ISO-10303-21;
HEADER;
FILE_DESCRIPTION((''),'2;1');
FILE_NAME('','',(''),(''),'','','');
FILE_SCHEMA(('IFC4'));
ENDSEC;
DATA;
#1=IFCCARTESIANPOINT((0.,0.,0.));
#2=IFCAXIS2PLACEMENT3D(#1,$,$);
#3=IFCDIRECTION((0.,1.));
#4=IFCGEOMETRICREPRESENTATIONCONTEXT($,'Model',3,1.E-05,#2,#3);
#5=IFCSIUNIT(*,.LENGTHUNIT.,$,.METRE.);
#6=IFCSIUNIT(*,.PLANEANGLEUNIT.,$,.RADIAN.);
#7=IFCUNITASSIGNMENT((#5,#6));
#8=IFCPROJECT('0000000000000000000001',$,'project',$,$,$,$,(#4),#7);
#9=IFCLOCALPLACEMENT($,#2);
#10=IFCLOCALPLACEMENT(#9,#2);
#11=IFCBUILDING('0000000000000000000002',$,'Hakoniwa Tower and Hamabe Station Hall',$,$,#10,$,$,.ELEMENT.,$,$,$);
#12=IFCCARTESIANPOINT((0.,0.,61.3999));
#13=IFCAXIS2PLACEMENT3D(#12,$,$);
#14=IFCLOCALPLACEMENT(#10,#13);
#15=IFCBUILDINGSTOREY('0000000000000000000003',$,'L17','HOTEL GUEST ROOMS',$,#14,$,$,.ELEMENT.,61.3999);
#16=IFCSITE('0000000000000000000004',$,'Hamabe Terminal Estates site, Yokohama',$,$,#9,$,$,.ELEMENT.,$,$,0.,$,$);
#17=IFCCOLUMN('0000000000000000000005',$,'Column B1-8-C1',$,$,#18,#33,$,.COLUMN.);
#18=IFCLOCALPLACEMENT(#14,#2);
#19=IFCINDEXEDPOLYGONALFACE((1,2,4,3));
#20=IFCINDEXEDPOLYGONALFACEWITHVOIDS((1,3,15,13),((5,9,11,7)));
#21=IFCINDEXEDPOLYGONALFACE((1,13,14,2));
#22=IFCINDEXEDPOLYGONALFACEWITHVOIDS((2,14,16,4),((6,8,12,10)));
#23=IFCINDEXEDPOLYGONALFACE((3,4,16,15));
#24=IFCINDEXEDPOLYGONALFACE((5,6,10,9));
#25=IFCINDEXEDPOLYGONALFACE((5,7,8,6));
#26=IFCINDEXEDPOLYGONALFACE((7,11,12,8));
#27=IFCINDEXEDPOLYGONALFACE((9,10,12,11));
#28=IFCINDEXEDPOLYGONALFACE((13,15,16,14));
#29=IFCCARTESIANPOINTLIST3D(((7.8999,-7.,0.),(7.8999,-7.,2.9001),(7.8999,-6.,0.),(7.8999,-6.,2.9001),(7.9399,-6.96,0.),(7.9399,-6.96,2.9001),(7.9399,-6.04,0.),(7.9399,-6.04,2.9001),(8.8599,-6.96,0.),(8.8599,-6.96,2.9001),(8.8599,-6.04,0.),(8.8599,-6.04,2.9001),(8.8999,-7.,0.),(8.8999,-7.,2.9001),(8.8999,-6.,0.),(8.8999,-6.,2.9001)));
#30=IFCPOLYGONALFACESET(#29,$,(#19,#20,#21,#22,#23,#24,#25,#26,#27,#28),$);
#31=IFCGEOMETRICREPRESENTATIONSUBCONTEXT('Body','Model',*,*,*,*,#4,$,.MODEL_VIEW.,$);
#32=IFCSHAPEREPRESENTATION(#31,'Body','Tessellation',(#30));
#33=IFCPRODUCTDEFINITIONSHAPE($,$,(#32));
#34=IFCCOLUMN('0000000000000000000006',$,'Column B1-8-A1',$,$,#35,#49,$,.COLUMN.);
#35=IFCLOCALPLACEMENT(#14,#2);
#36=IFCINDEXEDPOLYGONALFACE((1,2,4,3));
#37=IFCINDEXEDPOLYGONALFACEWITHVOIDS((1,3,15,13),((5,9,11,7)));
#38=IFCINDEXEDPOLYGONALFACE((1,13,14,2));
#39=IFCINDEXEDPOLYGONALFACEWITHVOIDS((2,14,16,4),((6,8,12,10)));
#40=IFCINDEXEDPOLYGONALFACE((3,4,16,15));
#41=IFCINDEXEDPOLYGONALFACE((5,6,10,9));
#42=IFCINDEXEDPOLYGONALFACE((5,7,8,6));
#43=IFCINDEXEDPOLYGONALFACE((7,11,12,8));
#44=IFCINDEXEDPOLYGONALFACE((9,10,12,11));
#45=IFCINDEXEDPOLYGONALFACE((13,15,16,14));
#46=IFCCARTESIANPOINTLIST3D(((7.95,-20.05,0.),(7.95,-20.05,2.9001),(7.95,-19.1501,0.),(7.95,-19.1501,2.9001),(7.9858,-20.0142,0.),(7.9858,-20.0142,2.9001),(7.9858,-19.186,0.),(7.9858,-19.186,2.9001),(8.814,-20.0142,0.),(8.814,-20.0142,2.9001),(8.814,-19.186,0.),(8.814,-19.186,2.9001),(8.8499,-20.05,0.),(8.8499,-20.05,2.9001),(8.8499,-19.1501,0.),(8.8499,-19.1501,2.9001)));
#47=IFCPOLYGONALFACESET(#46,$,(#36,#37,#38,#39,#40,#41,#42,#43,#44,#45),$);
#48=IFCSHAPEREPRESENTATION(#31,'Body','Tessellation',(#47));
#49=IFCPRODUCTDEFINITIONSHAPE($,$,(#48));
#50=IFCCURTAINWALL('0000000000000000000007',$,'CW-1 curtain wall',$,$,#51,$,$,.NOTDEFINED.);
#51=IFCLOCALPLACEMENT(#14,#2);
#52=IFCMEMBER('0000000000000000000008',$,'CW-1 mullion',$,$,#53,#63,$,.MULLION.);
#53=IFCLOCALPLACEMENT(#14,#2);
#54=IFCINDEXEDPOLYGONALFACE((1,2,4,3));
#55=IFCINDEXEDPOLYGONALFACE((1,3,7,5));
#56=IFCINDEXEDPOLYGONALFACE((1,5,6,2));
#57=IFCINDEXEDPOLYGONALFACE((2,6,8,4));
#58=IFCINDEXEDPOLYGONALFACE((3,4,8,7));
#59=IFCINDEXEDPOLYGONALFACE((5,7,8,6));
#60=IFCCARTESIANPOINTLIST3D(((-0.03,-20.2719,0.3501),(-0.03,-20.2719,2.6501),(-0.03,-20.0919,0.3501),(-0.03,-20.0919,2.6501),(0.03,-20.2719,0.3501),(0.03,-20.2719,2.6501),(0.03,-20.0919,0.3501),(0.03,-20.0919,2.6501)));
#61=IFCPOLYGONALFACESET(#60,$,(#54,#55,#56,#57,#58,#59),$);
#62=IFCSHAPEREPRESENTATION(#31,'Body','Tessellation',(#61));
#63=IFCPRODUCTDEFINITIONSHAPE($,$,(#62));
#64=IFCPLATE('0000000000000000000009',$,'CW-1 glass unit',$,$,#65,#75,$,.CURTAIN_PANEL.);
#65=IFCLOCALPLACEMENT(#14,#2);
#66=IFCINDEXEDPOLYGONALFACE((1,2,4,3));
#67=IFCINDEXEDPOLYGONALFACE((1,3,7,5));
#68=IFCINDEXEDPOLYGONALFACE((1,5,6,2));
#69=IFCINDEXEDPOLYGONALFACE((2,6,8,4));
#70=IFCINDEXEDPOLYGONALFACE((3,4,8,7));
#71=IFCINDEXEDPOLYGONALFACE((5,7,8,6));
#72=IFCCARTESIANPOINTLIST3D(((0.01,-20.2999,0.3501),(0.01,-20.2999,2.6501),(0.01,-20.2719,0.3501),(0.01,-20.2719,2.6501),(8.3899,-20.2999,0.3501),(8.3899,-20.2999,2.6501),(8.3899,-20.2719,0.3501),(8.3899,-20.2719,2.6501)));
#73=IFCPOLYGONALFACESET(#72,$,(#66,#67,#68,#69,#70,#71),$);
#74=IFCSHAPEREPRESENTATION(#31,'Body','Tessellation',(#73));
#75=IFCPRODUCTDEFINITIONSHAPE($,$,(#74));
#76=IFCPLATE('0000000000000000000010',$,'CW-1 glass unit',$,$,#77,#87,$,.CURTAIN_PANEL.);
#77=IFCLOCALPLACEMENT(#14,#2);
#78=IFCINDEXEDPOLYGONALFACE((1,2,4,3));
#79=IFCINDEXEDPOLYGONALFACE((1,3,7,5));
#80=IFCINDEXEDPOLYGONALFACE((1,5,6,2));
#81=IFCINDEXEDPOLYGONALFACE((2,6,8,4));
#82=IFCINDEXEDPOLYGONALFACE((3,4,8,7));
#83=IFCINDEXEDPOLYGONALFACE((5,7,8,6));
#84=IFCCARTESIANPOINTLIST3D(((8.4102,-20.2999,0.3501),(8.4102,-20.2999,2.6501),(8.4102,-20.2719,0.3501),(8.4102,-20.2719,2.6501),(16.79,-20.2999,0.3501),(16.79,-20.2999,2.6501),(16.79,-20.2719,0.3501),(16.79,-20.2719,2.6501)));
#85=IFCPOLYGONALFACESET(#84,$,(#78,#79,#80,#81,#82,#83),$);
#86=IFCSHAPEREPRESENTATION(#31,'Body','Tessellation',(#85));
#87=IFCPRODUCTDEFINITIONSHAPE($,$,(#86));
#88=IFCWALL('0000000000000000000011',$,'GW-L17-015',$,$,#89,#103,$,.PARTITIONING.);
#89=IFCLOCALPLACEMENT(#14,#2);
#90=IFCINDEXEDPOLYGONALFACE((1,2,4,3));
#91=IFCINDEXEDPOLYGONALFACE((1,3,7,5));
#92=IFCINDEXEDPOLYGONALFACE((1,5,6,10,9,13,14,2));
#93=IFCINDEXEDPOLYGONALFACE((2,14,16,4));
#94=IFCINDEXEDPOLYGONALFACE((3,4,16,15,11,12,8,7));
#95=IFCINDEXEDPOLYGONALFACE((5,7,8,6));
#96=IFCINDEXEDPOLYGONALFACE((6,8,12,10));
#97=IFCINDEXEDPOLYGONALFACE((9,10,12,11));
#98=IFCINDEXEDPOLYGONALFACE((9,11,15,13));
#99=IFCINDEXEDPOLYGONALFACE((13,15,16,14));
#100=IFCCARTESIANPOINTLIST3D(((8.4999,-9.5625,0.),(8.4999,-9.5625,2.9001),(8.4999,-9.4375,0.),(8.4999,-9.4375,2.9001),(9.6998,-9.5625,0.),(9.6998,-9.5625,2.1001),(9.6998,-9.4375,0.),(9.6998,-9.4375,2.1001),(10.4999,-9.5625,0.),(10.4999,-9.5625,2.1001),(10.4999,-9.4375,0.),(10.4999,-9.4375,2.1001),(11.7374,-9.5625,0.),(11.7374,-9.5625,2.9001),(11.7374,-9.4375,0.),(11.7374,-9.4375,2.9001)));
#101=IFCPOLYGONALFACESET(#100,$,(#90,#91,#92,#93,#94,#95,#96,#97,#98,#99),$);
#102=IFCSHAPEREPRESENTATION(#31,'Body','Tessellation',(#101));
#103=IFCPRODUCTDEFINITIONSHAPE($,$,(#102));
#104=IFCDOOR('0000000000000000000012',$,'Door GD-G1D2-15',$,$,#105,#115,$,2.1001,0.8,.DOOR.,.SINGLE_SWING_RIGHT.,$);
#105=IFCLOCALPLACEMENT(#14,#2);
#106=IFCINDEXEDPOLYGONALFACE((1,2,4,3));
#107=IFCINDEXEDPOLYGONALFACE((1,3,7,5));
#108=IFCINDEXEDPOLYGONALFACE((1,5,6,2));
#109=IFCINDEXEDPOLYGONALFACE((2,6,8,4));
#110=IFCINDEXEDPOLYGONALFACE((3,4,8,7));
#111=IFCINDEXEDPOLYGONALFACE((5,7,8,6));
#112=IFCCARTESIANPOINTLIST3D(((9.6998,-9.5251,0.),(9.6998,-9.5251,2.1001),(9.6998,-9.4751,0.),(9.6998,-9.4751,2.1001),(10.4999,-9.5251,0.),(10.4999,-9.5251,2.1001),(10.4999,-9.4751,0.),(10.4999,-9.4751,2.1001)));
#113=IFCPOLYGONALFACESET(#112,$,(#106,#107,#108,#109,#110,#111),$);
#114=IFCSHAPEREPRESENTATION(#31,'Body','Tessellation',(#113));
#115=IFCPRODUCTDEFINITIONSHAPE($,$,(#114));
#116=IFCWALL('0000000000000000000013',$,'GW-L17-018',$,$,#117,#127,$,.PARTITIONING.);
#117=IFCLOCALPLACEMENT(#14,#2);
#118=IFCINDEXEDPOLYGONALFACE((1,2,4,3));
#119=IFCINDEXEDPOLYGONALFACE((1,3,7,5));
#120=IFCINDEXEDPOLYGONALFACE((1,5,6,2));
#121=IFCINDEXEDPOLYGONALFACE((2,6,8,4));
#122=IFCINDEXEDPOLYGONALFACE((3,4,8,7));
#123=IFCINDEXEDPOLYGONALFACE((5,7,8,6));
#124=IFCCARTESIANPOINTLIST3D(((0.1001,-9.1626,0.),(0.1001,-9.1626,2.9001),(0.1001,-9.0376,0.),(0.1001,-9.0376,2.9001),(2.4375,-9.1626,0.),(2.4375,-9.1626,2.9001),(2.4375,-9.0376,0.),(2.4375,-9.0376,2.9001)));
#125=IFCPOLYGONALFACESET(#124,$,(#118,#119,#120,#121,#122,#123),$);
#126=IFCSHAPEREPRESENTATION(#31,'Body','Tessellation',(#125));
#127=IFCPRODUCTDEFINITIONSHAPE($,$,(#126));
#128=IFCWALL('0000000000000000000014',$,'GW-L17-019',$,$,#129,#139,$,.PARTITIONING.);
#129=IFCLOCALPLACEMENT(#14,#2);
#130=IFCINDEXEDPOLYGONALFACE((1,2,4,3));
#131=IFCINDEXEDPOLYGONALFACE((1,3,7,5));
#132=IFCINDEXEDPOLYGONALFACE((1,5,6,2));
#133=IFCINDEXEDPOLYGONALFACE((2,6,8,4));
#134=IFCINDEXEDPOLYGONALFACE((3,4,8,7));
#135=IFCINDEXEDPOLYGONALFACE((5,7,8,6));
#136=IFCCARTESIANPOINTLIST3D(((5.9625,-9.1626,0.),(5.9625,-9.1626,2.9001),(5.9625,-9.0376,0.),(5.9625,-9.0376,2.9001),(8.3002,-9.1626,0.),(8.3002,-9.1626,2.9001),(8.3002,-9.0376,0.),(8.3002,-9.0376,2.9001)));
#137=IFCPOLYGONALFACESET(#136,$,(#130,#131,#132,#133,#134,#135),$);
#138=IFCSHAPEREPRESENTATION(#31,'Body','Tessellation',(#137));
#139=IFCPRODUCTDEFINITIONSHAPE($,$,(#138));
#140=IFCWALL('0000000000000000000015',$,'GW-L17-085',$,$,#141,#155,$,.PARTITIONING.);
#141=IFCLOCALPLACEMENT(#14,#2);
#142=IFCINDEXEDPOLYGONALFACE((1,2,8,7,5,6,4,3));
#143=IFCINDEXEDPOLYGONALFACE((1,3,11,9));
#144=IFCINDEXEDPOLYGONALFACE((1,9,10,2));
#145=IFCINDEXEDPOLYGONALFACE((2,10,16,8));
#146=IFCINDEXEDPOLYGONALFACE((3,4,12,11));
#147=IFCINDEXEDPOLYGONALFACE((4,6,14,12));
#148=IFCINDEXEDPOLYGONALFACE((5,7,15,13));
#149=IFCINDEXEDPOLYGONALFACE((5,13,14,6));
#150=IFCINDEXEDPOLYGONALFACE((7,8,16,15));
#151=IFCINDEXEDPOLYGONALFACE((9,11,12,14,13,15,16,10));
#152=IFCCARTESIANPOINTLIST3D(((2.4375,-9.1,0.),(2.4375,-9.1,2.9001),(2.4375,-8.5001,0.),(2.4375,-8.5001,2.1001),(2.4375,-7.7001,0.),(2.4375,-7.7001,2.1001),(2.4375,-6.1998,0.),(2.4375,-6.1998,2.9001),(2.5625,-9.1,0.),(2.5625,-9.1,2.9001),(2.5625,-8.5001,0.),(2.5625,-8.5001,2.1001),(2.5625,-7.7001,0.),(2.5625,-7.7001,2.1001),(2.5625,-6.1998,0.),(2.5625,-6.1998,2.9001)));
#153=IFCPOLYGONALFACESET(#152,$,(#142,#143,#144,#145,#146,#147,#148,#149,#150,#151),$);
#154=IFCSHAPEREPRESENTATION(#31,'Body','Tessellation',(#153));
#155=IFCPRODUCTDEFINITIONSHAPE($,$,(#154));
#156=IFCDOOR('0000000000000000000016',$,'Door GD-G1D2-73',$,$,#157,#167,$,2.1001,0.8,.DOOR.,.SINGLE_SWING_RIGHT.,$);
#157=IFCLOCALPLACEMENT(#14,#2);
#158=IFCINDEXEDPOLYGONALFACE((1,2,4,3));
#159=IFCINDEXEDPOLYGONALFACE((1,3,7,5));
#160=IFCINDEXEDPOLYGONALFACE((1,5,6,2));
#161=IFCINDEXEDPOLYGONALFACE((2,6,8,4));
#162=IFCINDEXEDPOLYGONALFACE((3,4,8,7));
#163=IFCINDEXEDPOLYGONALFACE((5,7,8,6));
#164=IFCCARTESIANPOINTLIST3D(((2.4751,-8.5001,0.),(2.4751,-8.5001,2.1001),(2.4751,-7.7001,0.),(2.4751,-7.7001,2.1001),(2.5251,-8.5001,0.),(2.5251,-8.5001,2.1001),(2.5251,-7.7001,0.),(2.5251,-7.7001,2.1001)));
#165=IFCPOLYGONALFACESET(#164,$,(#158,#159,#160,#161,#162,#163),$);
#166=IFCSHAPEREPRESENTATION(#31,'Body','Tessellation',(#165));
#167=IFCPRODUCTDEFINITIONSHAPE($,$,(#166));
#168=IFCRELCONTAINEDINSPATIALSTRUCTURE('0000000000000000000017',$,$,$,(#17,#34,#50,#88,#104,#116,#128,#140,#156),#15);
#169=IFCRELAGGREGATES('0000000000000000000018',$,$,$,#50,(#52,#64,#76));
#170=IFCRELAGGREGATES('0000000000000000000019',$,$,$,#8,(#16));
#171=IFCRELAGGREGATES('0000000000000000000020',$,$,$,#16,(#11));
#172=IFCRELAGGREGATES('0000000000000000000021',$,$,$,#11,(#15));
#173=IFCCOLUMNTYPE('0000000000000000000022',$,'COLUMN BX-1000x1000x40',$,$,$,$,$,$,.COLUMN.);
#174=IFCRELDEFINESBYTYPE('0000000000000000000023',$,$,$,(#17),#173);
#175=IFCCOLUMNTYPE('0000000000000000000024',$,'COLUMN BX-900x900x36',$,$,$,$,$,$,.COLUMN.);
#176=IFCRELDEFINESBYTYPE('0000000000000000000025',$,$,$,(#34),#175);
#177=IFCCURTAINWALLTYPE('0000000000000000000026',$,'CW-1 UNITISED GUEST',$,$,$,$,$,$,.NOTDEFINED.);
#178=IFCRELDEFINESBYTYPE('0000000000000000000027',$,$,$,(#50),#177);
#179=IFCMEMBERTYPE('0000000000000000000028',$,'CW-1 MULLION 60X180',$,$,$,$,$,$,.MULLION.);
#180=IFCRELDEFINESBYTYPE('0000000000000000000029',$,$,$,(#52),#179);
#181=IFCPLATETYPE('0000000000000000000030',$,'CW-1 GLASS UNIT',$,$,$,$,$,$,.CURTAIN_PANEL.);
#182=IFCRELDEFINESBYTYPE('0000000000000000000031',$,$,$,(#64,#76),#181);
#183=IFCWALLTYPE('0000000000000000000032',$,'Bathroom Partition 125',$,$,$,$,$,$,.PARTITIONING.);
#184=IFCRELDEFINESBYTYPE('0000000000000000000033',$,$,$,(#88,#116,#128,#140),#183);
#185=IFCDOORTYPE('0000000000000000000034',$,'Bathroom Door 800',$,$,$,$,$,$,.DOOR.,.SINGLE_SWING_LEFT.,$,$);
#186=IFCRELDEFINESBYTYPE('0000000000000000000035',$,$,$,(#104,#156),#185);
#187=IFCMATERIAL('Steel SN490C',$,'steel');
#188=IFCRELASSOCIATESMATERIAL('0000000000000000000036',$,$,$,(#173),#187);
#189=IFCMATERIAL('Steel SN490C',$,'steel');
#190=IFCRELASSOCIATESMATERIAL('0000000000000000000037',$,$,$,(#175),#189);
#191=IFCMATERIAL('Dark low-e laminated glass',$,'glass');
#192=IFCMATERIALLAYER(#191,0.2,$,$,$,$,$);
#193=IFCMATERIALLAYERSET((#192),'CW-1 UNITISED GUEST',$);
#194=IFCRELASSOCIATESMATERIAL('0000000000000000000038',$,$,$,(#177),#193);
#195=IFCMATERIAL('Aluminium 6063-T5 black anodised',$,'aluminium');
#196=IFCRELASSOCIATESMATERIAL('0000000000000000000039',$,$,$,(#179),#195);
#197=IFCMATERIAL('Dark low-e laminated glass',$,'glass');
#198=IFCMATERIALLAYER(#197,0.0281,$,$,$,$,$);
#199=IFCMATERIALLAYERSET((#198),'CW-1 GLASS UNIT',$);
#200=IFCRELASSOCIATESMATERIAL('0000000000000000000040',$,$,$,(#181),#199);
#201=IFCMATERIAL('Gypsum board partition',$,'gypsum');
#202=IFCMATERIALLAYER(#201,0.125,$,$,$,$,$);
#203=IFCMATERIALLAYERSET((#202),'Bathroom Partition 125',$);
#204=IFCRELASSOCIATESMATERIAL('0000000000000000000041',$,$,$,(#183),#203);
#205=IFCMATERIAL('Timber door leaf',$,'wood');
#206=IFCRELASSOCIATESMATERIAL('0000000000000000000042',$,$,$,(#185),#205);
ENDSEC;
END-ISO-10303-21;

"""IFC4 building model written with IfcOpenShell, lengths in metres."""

from ifc_helpers import new_model, si_unit, direction, frame, frame_2d, origin, origin_2d, place, context, subcontext, project, spatial, rectangle, hollow_rectangle, extrude, material, layer, layer_set, material_profile, profile_set, type_object, element, fill, aggregate, save


model = new_model("IFC4")

# Units and contexts
model_context = context("Model", 3, precision=1e-05, world=origin(), true_north=direction((0.0, 1.0)))
body_context = subcontext(model_context, "Body", "Model", "MODEL_VIEW")
ifc_project = project(units=[si_unit("LENGTHUNIT", "METRE"), si_unit("PLANEANGLEUNIT", "RADIAN")], contexts=[model_context])

# Site, building, storey
site_placement = place(None, origin())
site = spatial("IfcSite", under=ifc_project, at=site_placement, Name="Hamabe Terminal Estates site, Yokohama", CompositionType="ELEMENT", RefElevation=0.0)
building_placement = place(site_placement, origin())
building = spatial("IfcBuilding", under=site, at=building_placement, Name="Hakoniwa Tower and Hamabe Station Hall", CompositionType="ELEMENT")
storey_placement = place(building_placement, frame((0.0, 0.0, 61.3999)))
storey = spatial("IfcBuildingStorey", under=building, at=storey_placement, Name="L17", Description="HOTEL GUEST ROOMS", CompositionType="ELEMENT", Elevation=61.3999)

# Columns
ifc_material_1 = material(Name="Steel SN490C", Category="steel")
ifc_material_profile_1 = material_profile(ifc_material_1, hollow_rectangle(XDim=1.0, YDim=1.0, WallThickness=0.04, at=origin_2d()), Name="BX-1000x1000x40")
ifc_profile_set_1 = profile_set([ifc_material_profile_1], Name="Steel SN490C")
column_type_1 = type_object("IfcColumnType", Name="COLUMN BX-1000x1000x40", PredefinedType="COLUMN", material=ifc_profile_set_1)
column_1_placement = place(storey_placement, frame((8.3999, -6.5, 0.0), z_axis=(0.0, 0.0, 1.0), x_axis=(1.0, 0.0, 0.0)))
element("IfcColumn", 1, at=column_1_placement, inside=storey, type_object=column_type_1, Name="Column B1-8-C1", PredefinedType="COLUMN", context=body_context, shape_type="SweptSolid", body=[
    extrude(hollow_rectangle(XDim=1.0, YDim=1.0, WallThickness=0.04, at=origin_2d()), origin(), (0.0, 0.0, 1.0), 2.9001),
])
ifc_material_2 = material(Name="Steel SN490C", Category="steel")
ifc_material_profile_2 = material_profile(ifc_material_2, hollow_rectangle(XDim=0.8999, YDim=0.8999, WallThickness=0.0359, at=origin_2d()), Name="BX-900x900x36")
ifc_profile_set_2 = profile_set([ifc_material_profile_2], Name="Steel SN490C")
column_type_2 = type_object("IfcColumnType", Name="COLUMN BX-900x900x36", PredefinedType="COLUMN", material=ifc_profile_set_2)
column_2_placement = place(storey_placement, frame((8.3999, -19.6001, 0.0), z_axis=(0.0, 0.0, 1.0), x_axis=(1.0, 0.0, 0.0)))
element("IfcColumn", 2, at=column_2_placement, inside=storey, type_object=column_type_2, Name="Column B1-8-A1", PredefinedType="COLUMN", context=body_context, shape_type="SweptSolid", body=[
    extrude(hollow_rectangle(XDim=0.8999, YDim=0.8999, WallThickness=0.0359, at=origin_2d()), origin(), (0.0, 0.0, 1.0), 2.9001),
])

# Curtain wall, member, plates
ifc_material_3 = material(Name="Dark low-e laminated glass", Category="glass")
ifc_layer_1 = layer(ifc_material_3, 0.2)
ifc_layer_set_1 = layer_set([ifc_layer_1], Name="CW-1 UNITISED GUEST")
curtain_wall_type = type_object("IfcCurtainWallType", Name="CW-1 UNITISED GUEST", PredefinedType="NOTDEFINED", material=ifc_layer_set_1)
curtain_wall_placement = place(storey_placement, origin())
curtain_wall = element("IfcCurtainWall", 3, at=curtain_wall_placement, inside=storey, type_object=curtain_wall_type, Name="CW-1 curtain wall", PredefinedType="NOTDEFINED")
ifc_material_4 = material(Name="Aluminium 6063-T5 black anodised", Category="aluminium")
ifc_material_profile_3 = material_profile(ifc_material_4, rectangle(XDim=0.0601, YDim=0.1799, at=origin_2d()), Name="CW-1 MULLION 60X180")
ifc_profile_set_3 = profile_set([ifc_material_profile_3], Name="Aluminium 6063-T5 black anodised")
member_type = type_object("IfcMemberType", Name="CW-1 MULLION 60X180", PredefinedType="MULLION", material=ifc_profile_set_3)
member_placement = place(storey_placement, frame((0.0, -20.1819, 0.3501), z_axis=(0.0, 0.0, 1.0), x_axis=(1.0, 0.0, 0.0)))
member = element("IfcMember", 4, at=member_placement, type_object=member_type, Name="CW-1 mullion", PredefinedType="MULLION", context=body_context, shape_type="SweptSolid", body=[
    extrude(rectangle(XDim=0.0601, YDim=0.1799, at=origin_2d()), origin(), (0.0, 0.0, 1.0), 2.3),
])
ifc_material_5 = material(Name="Dark low-e laminated glass", Category="glass")
ifc_layer_2 = layer(ifc_material_5, 0.0281)
ifc_layer_set_2 = layer_set([ifc_layer_2], Name="CW-1 GLASS UNIT")
plate_type = type_object("IfcPlateType", Name="CW-1 GLASS UNIT", PredefinedType="CURTAIN_PANEL", material=ifc_layer_set_2)
plate_1_placement = place(storey_placement, frame((4.2, -20.2859, 0.3501), z_axis=(0.0, 0.0, 1.0), x_axis=(1.0, 0.0, 0.0)))
plate_1 = element("IfcPlate", 5, at=plate_1_placement, type_object=plate_type, Name="CW-1 glass unit", PredefinedType="CURTAIN_PANEL", context=body_context, shape_type="SweptSolid", body=[
    extrude(rectangle(XDim=8.3799, YDim=0.0281, at=origin_2d()), origin(), (0.0, 0.0, 1.0), 2.3),
])
plate_2_placement = place(storey_placement, frame((12.6001, -20.2859, 0.3501), z_axis=(0.0, 0.0, 1.0), x_axis=(1.0, 0.0, 0.0)))
plate_2 = element("IfcPlate", 6, at=plate_2_placement, type_object=plate_type, Name="CW-1 glass unit", PredefinedType="CURTAIN_PANEL", context=body_context, shape_type="SweptSolid", body=[
    extrude(rectangle(XDim=8.3799, YDim=0.0281, at=origin_2d()), origin(), (0.0, 0.0, 1.0), 2.3),
])
aggregate(curtain_wall, [member, plate_1, plate_2])

# Wall, opening, door
ifc_material_6 = material(Name="Gypsum board partition", Category="gypsum")
ifc_layer_3 = layer(ifc_material_6, 0.125)
ifc_layer_set_3 = layer_set([ifc_layer_3], Name="Bathroom Partition 125")
wall_type_1 = type_object("IfcWallType", Name="Bathroom Partition 125", PredefinedType="PARTITIONING", material=ifc_layer_set_3)
wall_1_placement = place(storey_placement, frame((8.5, -9.5, 0.0), z_axis=(0.0, 0.0, 1.0), x_axis=(1.0, 0.0, 0.0)))
wall_1 = element("IfcWall", 7, at=wall_1_placement, inside=storey, type_object=wall_type_1, Name="GW-L17-015", PredefinedType="PARTITIONING", context=body_context, shape_type="SweptSolid", body=[
    extrude(rectangle(XDim=3.2375, YDim=0.125, at=frame_2d((1.6187, 0.0))), origin(), (0.0, 0.0, 1.0), 2.9001),
])
opening_1_placement = place(wall_1_placement, frame((1.2, 0.0, 0.0)))
opening_1 = element("IfcOpeningElement", 8, at=opening_1_placement, cuts=wall_1, PredefinedType="OPENING", context=body_context, shape_type="SweptSolid", body=[
    extrude(rectangle(XDim=0.8, YDim=2.1001, at=frame_2d((0.3999, 1.05))), frame((0.0, 0.0725, 0.0), z_axis=(0.0, -1.0, 0.0), x_axis=(1.0, 0.0, 0.0)), (0.0, 0.0, 1.0), 0.145),
])
ifc_material_7 = material(Name="Timber door leaf", Category="wood")
door_type = type_object("IfcDoorType", Name="Bathroom Door 800", OperationType="SINGLE_SWING_LEFT", PredefinedType="DOOR", material=ifc_material_7)
door_1_placement = place(opening_1_placement, origin())
door_1 = element("IfcDoor", 9, at=door_1_placement, inside=storey, type_object=door_type, Name="Door GD-G1D2-15", OperationType="SINGLE_SWING_RIGHT", OverallHeight=2.1001, OverallWidth=0.8, PredefinedType="DOOR", context=body_context, shape_type="SweptSolid", body=[
    extrude(rectangle(XDim=0.8, YDim=2.1001, at=frame_2d((0.3999, 1.05))), frame((0.0, 0.0249, 0.0), z_axis=(0.0, -1.0, 0.0), x_axis=(1.0, 0.0, 0.0)), (0.0, 0.0, 1.0), 0.05),
])
fill(opening_1, door_1)

# Walls
wall_2_placement = place(storey_placement, frame((0.1001, -9.1001, 0.0), z_axis=(0.0, 0.0, 1.0), x_axis=(1.0, 0.0, 0.0)))
element("IfcWall", 10, at=wall_2_placement, inside=storey, type_object=wall_type_1, Name="GW-L17-018", PredefinedType="PARTITIONING", context=body_context, shape_type="SweptSolid", body=[
    extrude(rectangle(XDim=2.3374, YDim=0.125, at=frame_2d((1.1687, 0.0))), origin(), (0.0, 0.0, 1.0), 2.9001),
])
wall_3_placement = place(storey_placement, frame((5.9624, -9.1001, 0.0), z_axis=(0.0, 0.0, 1.0), x_axis=(1.0, 0.0, 0.0)))
element("IfcWall", 11, at=wall_3_placement, inside=storey, type_object=wall_type_1, Name="GW-L17-019", PredefinedType="PARTITIONING", context=body_context, shape_type="SweptSolid", body=[
    extrude(rectangle(XDim=2.3376, YDim=0.125, at=frame_2d((1.1689, 0.0))), origin(), (0.0, 0.0, 1.0), 2.9001),
])

# Wall, opening, door
wall_4_placement = place(storey_placement, frame((2.5, -9.1001, 0.0), z_axis=(0.0, 0.0, 1.0), x_axis=(0.0, 1.0, 0.0)))
wall_4 = element("IfcWall", 12, at=wall_4_placement, inside=storey, type_object=wall_type_1, Name="GW-L17-085", PredefinedType="PARTITIONING", context=body_context, shape_type="SweptSolid", body=[
    extrude(rectangle(XDim=2.9001, YDim=0.125, at=frame_2d((1.4502, 0.0))), origin(), (0.0, 0.0, 1.0), 2.9001),
])
opening_2_placement = place(wall_4_placement, frame((0.6001, 0.0, 0.0)))
opening_2 = element("IfcOpeningElement", 13, at=opening_2_placement, cuts=wall_4, PredefinedType="OPENING", context=body_context, shape_type="SweptSolid", body=[
    extrude(rectangle(XDim=0.8, YDim=2.1001, at=frame_2d((0.3999, 1.05))), frame((0.0, 0.0725, 0.0), z_axis=(0.0, -1.0, 0.0), x_axis=(1.0, 0.0, 0.0)), (0.0, 0.0, 1.0), 0.145),
])
door_2_placement = place(opening_2_placement, origin())
door_2 = element("IfcDoor", 14, at=door_2_placement, inside=storey, type_object=door_type, Name="Door GD-G1D2-73", OperationType="SINGLE_SWING_RIGHT", OverallHeight=2.1001, OverallWidth=0.8, PredefinedType="DOOR", context=body_context, shape_type="SweptSolid", body=[
    extrude(rectangle(XDim=0.8, YDim=2.1001, at=frame_2d((0.3999, 1.05))), frame((0.0, 0.0249, 0.0), z_axis=(0.0, -1.0, 0.0), x_axis=(1.0, 0.0, 0.0)), (0.0, 0.0, 1.0), 0.05),
])
fill(opening_2, door_2)

save(model, "model.ifc")
